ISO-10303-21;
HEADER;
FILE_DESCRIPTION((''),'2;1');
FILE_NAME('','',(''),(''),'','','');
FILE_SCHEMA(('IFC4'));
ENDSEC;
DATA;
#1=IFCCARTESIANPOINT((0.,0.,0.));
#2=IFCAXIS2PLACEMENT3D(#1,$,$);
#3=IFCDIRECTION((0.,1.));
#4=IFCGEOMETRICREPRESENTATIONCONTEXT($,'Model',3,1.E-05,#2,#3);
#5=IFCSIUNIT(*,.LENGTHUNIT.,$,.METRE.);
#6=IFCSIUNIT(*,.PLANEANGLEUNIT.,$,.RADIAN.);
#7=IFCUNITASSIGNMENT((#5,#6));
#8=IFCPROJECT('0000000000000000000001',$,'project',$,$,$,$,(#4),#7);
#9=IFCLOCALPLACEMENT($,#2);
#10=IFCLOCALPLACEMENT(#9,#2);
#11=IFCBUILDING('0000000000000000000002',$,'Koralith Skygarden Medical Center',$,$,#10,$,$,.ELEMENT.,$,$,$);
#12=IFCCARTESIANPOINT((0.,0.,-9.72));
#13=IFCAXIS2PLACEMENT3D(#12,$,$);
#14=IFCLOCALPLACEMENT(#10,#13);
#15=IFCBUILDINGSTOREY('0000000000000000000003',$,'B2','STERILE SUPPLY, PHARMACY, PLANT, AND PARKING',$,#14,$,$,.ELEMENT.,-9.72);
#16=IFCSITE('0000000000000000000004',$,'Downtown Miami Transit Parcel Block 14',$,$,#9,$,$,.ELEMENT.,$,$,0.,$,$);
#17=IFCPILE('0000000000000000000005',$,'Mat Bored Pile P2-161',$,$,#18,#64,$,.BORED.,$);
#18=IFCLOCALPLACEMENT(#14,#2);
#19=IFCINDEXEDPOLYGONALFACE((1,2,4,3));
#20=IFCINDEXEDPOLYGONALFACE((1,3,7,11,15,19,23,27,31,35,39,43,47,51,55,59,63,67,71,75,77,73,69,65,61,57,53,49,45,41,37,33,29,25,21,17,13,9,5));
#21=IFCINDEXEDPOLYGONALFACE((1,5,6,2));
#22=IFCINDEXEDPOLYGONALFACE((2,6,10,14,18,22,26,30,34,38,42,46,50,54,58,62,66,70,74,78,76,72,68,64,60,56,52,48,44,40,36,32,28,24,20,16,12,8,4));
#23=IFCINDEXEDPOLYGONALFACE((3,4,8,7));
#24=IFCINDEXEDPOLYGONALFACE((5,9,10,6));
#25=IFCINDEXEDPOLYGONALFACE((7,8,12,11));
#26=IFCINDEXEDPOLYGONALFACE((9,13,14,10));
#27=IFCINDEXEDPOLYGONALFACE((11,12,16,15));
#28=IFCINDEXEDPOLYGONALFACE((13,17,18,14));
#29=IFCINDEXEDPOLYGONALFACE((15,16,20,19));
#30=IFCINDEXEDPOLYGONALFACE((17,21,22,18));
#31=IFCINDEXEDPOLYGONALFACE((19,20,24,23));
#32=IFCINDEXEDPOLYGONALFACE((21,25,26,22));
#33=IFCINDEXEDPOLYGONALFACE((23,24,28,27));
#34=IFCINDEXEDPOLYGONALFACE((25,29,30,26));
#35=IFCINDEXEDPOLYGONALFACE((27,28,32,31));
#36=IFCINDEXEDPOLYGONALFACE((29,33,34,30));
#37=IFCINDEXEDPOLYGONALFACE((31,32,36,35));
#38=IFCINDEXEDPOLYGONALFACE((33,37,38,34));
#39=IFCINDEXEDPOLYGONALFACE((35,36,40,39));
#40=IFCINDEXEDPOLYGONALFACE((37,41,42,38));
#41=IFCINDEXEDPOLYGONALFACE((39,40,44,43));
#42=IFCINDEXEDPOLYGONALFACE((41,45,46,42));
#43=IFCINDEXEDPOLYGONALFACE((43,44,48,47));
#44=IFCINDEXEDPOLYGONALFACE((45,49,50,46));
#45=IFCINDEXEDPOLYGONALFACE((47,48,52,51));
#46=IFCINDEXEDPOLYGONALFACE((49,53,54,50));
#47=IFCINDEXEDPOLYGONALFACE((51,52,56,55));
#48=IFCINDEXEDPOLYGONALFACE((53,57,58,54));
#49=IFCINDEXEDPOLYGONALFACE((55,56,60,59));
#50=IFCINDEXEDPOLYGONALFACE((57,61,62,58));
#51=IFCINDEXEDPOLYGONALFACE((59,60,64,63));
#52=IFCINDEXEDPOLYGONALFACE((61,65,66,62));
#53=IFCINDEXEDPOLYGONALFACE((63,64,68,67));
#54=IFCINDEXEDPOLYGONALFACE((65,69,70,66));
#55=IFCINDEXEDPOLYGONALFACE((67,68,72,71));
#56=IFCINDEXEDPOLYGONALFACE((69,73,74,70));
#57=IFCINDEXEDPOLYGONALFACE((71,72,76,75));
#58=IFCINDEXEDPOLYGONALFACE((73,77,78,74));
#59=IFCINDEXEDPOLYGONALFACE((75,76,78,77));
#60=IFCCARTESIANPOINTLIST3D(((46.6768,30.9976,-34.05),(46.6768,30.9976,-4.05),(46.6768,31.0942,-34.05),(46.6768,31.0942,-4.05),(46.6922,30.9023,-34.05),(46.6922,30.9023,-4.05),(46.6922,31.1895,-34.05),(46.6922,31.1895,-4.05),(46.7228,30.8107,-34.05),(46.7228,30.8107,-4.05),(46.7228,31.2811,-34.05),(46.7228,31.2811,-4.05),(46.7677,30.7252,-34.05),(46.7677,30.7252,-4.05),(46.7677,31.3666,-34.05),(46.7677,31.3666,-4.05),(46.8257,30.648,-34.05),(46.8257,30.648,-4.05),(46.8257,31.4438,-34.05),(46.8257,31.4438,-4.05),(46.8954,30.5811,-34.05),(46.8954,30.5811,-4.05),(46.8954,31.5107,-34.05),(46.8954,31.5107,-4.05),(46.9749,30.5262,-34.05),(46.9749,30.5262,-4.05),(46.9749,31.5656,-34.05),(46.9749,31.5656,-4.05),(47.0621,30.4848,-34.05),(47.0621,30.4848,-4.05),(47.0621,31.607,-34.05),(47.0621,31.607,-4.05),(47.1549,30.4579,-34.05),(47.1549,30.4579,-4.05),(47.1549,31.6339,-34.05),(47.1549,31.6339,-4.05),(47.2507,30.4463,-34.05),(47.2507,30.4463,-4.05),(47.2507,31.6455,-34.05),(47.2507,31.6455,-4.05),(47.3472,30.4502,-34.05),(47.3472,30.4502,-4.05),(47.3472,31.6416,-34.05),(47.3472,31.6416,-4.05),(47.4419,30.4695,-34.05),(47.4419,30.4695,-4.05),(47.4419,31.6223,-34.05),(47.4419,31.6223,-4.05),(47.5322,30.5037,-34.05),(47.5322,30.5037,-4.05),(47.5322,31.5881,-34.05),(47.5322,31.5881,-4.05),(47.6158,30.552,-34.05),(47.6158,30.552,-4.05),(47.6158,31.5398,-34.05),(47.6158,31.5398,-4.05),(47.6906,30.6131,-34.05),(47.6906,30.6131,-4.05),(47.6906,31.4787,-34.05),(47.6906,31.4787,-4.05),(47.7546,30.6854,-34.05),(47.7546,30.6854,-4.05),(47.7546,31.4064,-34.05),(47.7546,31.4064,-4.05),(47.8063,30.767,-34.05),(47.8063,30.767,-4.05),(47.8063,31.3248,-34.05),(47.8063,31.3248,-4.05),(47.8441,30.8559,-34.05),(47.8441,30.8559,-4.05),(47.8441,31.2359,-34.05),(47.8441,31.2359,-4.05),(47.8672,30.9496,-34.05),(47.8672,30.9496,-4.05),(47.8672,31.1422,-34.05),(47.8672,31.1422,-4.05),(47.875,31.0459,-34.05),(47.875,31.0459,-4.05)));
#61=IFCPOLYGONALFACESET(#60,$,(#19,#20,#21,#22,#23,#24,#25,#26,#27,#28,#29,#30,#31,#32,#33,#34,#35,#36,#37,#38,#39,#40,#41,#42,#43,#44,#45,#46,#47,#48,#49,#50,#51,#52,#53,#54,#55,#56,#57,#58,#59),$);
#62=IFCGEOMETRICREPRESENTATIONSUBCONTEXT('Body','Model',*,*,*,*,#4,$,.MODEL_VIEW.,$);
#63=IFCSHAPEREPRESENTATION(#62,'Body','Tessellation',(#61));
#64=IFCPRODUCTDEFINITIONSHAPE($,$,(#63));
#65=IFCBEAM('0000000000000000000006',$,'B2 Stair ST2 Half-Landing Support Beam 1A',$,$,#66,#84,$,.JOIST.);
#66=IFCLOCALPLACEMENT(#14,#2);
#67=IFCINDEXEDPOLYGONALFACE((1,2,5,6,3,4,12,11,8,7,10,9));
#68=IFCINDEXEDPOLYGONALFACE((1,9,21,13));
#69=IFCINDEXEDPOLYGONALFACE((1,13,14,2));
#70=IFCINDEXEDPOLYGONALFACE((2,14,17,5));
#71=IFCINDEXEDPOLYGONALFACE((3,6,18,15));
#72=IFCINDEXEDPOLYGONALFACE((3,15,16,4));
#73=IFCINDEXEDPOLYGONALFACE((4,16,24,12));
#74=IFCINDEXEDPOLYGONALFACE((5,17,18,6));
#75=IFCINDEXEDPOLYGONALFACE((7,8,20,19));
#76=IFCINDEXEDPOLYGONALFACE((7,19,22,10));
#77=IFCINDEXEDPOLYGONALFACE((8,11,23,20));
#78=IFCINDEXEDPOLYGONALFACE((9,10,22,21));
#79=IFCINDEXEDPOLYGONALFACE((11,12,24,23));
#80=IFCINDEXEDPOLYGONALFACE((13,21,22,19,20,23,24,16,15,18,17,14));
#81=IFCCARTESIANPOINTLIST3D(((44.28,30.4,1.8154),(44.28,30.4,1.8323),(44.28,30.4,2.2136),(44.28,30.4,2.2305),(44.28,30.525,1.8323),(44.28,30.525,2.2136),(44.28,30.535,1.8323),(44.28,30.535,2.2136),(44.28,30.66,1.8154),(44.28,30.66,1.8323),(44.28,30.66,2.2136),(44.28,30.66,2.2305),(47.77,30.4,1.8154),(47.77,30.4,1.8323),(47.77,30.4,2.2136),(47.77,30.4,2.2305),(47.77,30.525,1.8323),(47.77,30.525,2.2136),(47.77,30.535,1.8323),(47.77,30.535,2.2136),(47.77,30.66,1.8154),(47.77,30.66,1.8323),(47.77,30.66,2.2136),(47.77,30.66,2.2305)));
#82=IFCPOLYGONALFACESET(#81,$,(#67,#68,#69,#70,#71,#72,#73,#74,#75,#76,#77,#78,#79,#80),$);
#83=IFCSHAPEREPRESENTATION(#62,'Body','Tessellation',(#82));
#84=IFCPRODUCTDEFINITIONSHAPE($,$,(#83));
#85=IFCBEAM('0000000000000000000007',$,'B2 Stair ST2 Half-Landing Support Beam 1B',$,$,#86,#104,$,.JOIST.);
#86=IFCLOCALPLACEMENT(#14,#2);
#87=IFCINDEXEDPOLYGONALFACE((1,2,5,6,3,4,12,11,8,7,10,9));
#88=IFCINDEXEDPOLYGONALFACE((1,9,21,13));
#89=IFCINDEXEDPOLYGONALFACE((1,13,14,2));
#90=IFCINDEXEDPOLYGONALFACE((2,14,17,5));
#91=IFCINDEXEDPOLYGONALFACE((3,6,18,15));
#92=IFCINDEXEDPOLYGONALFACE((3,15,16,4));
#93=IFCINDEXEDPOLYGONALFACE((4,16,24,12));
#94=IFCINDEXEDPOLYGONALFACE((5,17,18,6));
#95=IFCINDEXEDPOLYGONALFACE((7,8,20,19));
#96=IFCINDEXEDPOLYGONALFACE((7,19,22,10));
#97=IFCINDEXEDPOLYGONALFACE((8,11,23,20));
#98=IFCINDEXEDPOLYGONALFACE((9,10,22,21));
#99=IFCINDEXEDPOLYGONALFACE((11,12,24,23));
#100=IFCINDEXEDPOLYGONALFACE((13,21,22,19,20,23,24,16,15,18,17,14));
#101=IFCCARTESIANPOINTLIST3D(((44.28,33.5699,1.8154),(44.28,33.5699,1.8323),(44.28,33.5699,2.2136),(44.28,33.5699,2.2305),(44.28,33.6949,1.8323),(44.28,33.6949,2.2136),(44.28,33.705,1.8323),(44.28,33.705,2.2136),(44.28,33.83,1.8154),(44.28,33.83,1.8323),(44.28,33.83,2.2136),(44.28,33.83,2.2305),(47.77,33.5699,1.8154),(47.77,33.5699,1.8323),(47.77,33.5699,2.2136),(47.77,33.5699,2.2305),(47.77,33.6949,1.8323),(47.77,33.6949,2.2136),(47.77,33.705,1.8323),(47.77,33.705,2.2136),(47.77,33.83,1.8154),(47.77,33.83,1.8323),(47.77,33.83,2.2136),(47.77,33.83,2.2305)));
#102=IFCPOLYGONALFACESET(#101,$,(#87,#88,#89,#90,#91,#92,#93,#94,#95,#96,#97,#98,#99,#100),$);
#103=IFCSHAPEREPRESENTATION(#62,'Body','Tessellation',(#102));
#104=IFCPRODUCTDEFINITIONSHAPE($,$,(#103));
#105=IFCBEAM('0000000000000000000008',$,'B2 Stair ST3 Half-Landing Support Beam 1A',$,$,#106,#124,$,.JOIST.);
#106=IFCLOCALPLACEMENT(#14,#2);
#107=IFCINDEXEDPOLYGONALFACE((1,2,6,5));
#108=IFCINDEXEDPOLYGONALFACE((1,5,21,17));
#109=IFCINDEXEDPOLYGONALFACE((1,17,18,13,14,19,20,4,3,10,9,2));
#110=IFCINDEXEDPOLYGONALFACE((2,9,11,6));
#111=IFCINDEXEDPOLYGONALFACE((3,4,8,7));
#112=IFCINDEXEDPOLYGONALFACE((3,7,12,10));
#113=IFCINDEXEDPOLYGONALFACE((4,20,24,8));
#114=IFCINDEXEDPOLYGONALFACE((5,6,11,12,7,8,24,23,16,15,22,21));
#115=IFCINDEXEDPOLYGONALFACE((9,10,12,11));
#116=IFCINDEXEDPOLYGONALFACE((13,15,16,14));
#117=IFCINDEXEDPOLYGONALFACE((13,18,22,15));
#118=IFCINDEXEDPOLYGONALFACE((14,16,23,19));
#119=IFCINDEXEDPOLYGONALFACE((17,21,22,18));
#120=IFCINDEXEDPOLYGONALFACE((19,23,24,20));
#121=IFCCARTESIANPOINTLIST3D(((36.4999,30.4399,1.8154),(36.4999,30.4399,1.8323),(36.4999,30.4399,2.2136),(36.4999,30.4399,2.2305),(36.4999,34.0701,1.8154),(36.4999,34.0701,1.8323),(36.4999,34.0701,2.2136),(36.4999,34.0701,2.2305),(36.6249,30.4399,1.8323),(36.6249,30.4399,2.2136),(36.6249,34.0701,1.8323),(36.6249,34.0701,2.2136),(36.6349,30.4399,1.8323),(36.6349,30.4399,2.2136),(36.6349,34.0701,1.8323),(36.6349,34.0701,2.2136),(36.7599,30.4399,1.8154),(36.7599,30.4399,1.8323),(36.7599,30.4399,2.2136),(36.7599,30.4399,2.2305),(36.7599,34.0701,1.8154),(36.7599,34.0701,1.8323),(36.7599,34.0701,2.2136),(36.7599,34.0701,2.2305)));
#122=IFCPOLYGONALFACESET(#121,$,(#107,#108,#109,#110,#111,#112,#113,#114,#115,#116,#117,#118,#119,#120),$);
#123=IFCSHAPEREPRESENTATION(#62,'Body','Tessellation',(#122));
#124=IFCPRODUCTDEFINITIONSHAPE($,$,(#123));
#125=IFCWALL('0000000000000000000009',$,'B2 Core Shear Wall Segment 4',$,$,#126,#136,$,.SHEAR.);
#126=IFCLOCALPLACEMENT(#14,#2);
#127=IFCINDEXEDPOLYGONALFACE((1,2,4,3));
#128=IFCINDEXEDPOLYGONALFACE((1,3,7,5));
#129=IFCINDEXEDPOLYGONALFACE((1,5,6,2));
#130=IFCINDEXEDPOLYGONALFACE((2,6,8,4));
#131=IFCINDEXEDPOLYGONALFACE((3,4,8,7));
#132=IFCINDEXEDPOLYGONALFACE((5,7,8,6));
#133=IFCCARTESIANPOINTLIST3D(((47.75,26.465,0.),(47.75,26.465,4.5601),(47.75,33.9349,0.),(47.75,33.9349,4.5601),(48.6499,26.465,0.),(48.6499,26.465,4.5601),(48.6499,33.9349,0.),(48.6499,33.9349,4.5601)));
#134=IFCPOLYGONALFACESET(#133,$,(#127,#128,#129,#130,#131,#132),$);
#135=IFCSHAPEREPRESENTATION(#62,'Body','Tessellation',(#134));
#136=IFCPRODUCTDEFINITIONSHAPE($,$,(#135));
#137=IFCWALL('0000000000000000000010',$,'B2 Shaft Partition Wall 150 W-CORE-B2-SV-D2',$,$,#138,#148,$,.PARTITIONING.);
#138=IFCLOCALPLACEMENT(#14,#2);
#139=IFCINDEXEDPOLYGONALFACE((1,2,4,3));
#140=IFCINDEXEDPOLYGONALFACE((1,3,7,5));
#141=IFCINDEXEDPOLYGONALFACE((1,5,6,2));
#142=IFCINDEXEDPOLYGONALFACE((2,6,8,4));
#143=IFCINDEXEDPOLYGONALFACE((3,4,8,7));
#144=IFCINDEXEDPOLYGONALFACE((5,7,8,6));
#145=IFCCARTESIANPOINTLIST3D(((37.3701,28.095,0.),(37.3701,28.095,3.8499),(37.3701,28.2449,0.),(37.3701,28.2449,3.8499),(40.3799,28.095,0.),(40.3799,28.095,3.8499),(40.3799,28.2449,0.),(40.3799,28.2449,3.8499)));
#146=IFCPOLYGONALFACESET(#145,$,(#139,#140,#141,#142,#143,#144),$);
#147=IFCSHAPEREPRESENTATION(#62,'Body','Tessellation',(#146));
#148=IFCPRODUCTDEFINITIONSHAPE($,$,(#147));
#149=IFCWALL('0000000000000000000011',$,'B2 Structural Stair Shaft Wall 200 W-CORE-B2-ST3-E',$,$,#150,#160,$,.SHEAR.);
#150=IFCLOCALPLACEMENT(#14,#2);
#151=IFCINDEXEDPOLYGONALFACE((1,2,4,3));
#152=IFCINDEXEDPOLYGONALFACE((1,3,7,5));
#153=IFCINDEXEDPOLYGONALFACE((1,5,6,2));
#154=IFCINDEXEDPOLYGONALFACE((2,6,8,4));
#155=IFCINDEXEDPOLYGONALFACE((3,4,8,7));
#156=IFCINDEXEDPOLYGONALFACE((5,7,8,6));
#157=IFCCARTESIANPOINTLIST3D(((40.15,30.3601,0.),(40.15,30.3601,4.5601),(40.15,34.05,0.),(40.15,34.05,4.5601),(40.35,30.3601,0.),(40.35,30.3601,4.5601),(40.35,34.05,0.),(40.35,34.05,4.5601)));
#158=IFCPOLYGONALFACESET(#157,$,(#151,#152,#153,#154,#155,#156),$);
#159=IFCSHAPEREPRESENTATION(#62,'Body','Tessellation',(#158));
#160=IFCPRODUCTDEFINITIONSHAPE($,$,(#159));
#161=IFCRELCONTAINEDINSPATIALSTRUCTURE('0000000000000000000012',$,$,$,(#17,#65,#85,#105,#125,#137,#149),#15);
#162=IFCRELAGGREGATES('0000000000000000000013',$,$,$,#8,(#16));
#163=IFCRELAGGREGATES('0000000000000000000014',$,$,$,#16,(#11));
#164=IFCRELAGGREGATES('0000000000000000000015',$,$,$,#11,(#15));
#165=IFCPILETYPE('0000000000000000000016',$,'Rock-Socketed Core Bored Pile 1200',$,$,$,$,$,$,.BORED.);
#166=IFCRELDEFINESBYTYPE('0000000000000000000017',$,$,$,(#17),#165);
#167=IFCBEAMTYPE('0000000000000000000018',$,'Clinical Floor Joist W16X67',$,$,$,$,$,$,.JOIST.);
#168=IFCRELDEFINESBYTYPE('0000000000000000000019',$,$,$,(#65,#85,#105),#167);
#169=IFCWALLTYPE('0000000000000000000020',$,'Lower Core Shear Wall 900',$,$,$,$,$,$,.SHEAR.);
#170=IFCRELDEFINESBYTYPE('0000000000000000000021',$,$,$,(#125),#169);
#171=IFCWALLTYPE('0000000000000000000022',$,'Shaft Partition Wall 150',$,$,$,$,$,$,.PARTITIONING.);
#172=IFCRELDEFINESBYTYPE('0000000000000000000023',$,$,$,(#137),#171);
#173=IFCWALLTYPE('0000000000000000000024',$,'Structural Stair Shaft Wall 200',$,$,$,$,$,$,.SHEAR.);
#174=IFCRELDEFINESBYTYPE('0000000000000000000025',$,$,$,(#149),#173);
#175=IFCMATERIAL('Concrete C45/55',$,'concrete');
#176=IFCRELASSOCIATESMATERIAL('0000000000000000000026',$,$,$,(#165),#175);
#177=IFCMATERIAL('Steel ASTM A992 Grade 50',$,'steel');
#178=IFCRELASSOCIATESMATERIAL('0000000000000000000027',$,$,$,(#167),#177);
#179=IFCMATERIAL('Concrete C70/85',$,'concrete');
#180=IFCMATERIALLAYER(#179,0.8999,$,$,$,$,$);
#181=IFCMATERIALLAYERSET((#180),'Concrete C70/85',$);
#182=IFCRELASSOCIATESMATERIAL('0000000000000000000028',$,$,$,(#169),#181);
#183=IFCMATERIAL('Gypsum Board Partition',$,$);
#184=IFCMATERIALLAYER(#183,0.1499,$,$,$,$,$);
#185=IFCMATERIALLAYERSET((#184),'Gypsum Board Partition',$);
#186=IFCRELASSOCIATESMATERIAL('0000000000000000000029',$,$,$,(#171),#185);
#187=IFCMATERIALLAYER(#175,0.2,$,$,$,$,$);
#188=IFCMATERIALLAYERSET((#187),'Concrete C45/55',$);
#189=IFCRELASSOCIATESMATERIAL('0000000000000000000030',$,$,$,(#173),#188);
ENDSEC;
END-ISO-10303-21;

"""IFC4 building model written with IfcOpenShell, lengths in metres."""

from ifc_helpers import new_model, si_unit, direction, frame, frame_2d, origin, origin_2d, place, context, subcontext, project, spatial, rectangle, circle, i_section, extrude, material, layer, layer_set, material_profile, profile_set, type_object, element, save


model = new_model("IFC4")

# Units and contexts
model_context = context("Model", 3, precision=1e-05, world=origin(), true_north=direction((0.0, 1.0)))
body_context = subcontext(model_context, "Body", "Model", "MODEL_VIEW")
ifc_project = project(units=[si_unit("LENGTHUNIT", "METRE"), si_unit("PLANEANGLEUNIT", "RADIAN")], contexts=[model_context])

# Site, building, storey
site_placement = place(None, origin())
site = spatial("IfcSite", under=ifc_project, at=site_placement, Name="Downtown Miami Transit Parcel Block 14", CompositionType="ELEMENT", RefElevation=0.0)
building_placement = place(site_placement, origin())
building = spatial("IfcBuilding", under=site, at=building_placement, Name="Koralith Skygarden Medical Center", CompositionType="ELEMENT")
storey_placement = place(building_placement, frame((0.0, 0.0, -9.72)))
storey = spatial("IfcBuildingStorey", under=building, at=storey_placement, Name="B2", Description="STERILE SUPPLY, PHARMACY, PLANT, AND PARKING", CompositionType="ELEMENT", Elevation=-9.72)

# Pile
ifc_material_1 = material(Name="Concrete C45/55", Category="concrete")
ifc_material_profile_1 = material_profile(ifc_material_1, circle(Radius=0.6001, at=origin_2d()), Name="PILE1200")
ifc_profile_set_1 = profile_set([ifc_material_profile_1], Name="Concrete C45/55")
pile_type_1 = type_object("IfcPileType", Name="Rock-Socketed Core Bored Pile 1200", PredefinedType="BORED", material=ifc_profile_set_1)
for number, where, z_axis, x_axis, name in (
    (1, (47.2749, 31.0459, -4.05), (0.0, 0.0, -1.0), (1.0, 0.0, 0.0), "Mat Bored Pile P2-161"),
):
    element("IfcPile", number, at=place(storey_placement, frame(where, z_axis=z_axis, x_axis=x_axis)), inside=storey, type_object=pile_type_1, Name=name, PredefinedType="BORED", context=body_context, shape_type="SweptSolid", body=[
        extrude(circle(Radius=0.6001, at=origin_2d()), origin(), (0.0, 0.0, 1.0), 30.0),
    ])

# Beams
ifc_material_2 = material(Name="Steel ASTM A992 Grade 50", Category="steel")
ifc_material_profile_2 = material_profile(ifc_material_2, i_section(OverallWidth=0.26, OverallDepth=0.415, WebThickness=0.01, FlangeThickness=0.0168, at=origin_2d()), Name="W16X67")
ifc_profile_set_2 = profile_set([ifc_material_profile_2], Name="Steel ASTM A992 Grade 50")
beam_type = type_object("IfcBeamType", Name="Clinical Floor Joist W16X67", PredefinedType="JOIST", material=ifc_profile_set_2)
for number, where, z_axis, x_axis, name in (
    (2, (44.28, 30.53, 2.0229), (1.0, 0.0, 0.0), (0.0, 1.0, 0.0), "B2 Stair ST2 Half-Landing Support Beam 1A"),
    (3, (44.28, 33.7, 2.0229), (1.0, 0.0, 0.0), (0.0, 1.0, 0.0), "B2 Stair ST2 Half-Landing Support Beam 1B"),
):
    element("IfcBeam", number, at=place(storey_placement, frame(where, z_axis=z_axis, x_axis=x_axis)), inside=storey, type_object=beam_type, Name=name, PredefinedType="JOIST", context=body_context, shape_type="SweptSolid", body=[
        extrude(i_section(OverallWidth=0.26, OverallDepth=0.415, WebThickness=0.01, FlangeThickness=0.0168, at=origin_2d()), origin(), (0.0, 0.0, 1.0), 3.49),
    ])
beam_placement = place(storey_placement, frame((36.6299, 30.4399, 2.0229), z_axis=(0.0, 1.0, 0.0), x_axis=(-1.0, 0.0, 0.0)))
element("IfcBeam", 4, at=beam_placement, inside=storey, type_object=beam_type, Name="B2 Stair ST3 Half-Landing Support Beam 1A", PredefinedType="JOIST", context=body_context, shape_type="SweptSolid", body=[
    extrude(i_section(OverallWidth=0.26, OverallDepth=0.415, WebThickness=0.01, FlangeThickness=0.0168, at=origin_2d()), origin(), (0.0, 0.0, 1.0), 3.6301),
])

# Walls
ifc_material_3 = material(Name="Concrete C70/85", Category="concrete")
ifc_layer_1 = layer(ifc_material_3, 0.8999)
ifc_layer_set_1 = layer_set([ifc_layer_1], Name="Concrete C70/85")
wall_type_1 = type_object("IfcWallType", Name="Lower Core Shear Wall 900", PredefinedType="SHEAR", material=ifc_layer_set_1)
wall_1_placement = place(storey_placement, frame((48.2, 26.4651, 0.0), z_axis=(0.0, 0.0, 1.0), x_axis=(0.0, 1.0, 0.0)))
element("IfcWall", 5, at=wall_1_placement, inside=storey, type_object=wall_type_1, Name="B2 Core Shear Wall Segment 4", PredefinedType="SHEAR", context=body_context, shape_type="SweptSolid", body=[
    extrude(rectangle(XDim=7.47, YDim=0.8999, at=frame_2d((3.7349, 0.0))), origin(), (0.0, 0.0, 1.0), 4.5601),
])
ifc_material_4 = material(Name="Gypsum Board Partition")
ifc_layer_2 = layer(ifc_material_4, 0.1499)
ifc_layer_set_2 = layer_set([ifc_layer_2], Name="Gypsum Board Partition")
wall_type_2 = type_object("IfcWallType", Name="Shaft Partition Wall 150", PredefinedType="PARTITIONING", material=ifc_layer_set_2)
wall_2_placement = place(storey_placement, frame((37.3701, 28.1699, 0.0), z_axis=(0.0, 0.0, 1.0), x_axis=(1.0, 0.0, 0.0)))
element("IfcWall", 6, at=wall_2_placement, inside=storey, type_object=wall_type_2, Name="B2 Shaft Partition Wall 150 W-CORE-B2-SV-D2", PredefinedType="PARTITIONING", context=body_context, shape_type="SweptSolid", body=[
    extrude(rectangle(XDim=3.0098, YDim=0.1499, at=frame_2d((1.5049, 0.0))), origin(), (0.0, 0.0, 1.0), 3.8499),
])
ifc_layer_3 = layer(ifc_material_1, 0.2)
ifc_layer_set_3 = layer_set([ifc_layer_3], Name="Concrete C45/55")
wall_type_3 = type_object("IfcWallType", Name="Structural Stair Shaft Wall 200", PredefinedType="SHEAR", material=ifc_layer_set_3)
wall_3_placement = place(storey_placement, frame((40.25, 30.3601, 0.0), z_axis=(0.0, 0.0, 1.0), x_axis=(0.0, 1.0, 0.0)))
element("IfcWall", 7, at=wall_3_placement, inside=storey, type_object=wall_type_3, Name="B2 Structural Stair Shaft Wall 200 W-CORE-B2-ST3-E", PredefinedType="SHEAR", context=body_context, shape_type="SweptSolid", body=[
    extrude(rectangle(XDim=3.6899, YDim=0.2, at=frame_2d((1.845, 0.0))), origin(), (0.0, 0.0, 1.0), 4.5601),
])

save(model, "model.ifc")
